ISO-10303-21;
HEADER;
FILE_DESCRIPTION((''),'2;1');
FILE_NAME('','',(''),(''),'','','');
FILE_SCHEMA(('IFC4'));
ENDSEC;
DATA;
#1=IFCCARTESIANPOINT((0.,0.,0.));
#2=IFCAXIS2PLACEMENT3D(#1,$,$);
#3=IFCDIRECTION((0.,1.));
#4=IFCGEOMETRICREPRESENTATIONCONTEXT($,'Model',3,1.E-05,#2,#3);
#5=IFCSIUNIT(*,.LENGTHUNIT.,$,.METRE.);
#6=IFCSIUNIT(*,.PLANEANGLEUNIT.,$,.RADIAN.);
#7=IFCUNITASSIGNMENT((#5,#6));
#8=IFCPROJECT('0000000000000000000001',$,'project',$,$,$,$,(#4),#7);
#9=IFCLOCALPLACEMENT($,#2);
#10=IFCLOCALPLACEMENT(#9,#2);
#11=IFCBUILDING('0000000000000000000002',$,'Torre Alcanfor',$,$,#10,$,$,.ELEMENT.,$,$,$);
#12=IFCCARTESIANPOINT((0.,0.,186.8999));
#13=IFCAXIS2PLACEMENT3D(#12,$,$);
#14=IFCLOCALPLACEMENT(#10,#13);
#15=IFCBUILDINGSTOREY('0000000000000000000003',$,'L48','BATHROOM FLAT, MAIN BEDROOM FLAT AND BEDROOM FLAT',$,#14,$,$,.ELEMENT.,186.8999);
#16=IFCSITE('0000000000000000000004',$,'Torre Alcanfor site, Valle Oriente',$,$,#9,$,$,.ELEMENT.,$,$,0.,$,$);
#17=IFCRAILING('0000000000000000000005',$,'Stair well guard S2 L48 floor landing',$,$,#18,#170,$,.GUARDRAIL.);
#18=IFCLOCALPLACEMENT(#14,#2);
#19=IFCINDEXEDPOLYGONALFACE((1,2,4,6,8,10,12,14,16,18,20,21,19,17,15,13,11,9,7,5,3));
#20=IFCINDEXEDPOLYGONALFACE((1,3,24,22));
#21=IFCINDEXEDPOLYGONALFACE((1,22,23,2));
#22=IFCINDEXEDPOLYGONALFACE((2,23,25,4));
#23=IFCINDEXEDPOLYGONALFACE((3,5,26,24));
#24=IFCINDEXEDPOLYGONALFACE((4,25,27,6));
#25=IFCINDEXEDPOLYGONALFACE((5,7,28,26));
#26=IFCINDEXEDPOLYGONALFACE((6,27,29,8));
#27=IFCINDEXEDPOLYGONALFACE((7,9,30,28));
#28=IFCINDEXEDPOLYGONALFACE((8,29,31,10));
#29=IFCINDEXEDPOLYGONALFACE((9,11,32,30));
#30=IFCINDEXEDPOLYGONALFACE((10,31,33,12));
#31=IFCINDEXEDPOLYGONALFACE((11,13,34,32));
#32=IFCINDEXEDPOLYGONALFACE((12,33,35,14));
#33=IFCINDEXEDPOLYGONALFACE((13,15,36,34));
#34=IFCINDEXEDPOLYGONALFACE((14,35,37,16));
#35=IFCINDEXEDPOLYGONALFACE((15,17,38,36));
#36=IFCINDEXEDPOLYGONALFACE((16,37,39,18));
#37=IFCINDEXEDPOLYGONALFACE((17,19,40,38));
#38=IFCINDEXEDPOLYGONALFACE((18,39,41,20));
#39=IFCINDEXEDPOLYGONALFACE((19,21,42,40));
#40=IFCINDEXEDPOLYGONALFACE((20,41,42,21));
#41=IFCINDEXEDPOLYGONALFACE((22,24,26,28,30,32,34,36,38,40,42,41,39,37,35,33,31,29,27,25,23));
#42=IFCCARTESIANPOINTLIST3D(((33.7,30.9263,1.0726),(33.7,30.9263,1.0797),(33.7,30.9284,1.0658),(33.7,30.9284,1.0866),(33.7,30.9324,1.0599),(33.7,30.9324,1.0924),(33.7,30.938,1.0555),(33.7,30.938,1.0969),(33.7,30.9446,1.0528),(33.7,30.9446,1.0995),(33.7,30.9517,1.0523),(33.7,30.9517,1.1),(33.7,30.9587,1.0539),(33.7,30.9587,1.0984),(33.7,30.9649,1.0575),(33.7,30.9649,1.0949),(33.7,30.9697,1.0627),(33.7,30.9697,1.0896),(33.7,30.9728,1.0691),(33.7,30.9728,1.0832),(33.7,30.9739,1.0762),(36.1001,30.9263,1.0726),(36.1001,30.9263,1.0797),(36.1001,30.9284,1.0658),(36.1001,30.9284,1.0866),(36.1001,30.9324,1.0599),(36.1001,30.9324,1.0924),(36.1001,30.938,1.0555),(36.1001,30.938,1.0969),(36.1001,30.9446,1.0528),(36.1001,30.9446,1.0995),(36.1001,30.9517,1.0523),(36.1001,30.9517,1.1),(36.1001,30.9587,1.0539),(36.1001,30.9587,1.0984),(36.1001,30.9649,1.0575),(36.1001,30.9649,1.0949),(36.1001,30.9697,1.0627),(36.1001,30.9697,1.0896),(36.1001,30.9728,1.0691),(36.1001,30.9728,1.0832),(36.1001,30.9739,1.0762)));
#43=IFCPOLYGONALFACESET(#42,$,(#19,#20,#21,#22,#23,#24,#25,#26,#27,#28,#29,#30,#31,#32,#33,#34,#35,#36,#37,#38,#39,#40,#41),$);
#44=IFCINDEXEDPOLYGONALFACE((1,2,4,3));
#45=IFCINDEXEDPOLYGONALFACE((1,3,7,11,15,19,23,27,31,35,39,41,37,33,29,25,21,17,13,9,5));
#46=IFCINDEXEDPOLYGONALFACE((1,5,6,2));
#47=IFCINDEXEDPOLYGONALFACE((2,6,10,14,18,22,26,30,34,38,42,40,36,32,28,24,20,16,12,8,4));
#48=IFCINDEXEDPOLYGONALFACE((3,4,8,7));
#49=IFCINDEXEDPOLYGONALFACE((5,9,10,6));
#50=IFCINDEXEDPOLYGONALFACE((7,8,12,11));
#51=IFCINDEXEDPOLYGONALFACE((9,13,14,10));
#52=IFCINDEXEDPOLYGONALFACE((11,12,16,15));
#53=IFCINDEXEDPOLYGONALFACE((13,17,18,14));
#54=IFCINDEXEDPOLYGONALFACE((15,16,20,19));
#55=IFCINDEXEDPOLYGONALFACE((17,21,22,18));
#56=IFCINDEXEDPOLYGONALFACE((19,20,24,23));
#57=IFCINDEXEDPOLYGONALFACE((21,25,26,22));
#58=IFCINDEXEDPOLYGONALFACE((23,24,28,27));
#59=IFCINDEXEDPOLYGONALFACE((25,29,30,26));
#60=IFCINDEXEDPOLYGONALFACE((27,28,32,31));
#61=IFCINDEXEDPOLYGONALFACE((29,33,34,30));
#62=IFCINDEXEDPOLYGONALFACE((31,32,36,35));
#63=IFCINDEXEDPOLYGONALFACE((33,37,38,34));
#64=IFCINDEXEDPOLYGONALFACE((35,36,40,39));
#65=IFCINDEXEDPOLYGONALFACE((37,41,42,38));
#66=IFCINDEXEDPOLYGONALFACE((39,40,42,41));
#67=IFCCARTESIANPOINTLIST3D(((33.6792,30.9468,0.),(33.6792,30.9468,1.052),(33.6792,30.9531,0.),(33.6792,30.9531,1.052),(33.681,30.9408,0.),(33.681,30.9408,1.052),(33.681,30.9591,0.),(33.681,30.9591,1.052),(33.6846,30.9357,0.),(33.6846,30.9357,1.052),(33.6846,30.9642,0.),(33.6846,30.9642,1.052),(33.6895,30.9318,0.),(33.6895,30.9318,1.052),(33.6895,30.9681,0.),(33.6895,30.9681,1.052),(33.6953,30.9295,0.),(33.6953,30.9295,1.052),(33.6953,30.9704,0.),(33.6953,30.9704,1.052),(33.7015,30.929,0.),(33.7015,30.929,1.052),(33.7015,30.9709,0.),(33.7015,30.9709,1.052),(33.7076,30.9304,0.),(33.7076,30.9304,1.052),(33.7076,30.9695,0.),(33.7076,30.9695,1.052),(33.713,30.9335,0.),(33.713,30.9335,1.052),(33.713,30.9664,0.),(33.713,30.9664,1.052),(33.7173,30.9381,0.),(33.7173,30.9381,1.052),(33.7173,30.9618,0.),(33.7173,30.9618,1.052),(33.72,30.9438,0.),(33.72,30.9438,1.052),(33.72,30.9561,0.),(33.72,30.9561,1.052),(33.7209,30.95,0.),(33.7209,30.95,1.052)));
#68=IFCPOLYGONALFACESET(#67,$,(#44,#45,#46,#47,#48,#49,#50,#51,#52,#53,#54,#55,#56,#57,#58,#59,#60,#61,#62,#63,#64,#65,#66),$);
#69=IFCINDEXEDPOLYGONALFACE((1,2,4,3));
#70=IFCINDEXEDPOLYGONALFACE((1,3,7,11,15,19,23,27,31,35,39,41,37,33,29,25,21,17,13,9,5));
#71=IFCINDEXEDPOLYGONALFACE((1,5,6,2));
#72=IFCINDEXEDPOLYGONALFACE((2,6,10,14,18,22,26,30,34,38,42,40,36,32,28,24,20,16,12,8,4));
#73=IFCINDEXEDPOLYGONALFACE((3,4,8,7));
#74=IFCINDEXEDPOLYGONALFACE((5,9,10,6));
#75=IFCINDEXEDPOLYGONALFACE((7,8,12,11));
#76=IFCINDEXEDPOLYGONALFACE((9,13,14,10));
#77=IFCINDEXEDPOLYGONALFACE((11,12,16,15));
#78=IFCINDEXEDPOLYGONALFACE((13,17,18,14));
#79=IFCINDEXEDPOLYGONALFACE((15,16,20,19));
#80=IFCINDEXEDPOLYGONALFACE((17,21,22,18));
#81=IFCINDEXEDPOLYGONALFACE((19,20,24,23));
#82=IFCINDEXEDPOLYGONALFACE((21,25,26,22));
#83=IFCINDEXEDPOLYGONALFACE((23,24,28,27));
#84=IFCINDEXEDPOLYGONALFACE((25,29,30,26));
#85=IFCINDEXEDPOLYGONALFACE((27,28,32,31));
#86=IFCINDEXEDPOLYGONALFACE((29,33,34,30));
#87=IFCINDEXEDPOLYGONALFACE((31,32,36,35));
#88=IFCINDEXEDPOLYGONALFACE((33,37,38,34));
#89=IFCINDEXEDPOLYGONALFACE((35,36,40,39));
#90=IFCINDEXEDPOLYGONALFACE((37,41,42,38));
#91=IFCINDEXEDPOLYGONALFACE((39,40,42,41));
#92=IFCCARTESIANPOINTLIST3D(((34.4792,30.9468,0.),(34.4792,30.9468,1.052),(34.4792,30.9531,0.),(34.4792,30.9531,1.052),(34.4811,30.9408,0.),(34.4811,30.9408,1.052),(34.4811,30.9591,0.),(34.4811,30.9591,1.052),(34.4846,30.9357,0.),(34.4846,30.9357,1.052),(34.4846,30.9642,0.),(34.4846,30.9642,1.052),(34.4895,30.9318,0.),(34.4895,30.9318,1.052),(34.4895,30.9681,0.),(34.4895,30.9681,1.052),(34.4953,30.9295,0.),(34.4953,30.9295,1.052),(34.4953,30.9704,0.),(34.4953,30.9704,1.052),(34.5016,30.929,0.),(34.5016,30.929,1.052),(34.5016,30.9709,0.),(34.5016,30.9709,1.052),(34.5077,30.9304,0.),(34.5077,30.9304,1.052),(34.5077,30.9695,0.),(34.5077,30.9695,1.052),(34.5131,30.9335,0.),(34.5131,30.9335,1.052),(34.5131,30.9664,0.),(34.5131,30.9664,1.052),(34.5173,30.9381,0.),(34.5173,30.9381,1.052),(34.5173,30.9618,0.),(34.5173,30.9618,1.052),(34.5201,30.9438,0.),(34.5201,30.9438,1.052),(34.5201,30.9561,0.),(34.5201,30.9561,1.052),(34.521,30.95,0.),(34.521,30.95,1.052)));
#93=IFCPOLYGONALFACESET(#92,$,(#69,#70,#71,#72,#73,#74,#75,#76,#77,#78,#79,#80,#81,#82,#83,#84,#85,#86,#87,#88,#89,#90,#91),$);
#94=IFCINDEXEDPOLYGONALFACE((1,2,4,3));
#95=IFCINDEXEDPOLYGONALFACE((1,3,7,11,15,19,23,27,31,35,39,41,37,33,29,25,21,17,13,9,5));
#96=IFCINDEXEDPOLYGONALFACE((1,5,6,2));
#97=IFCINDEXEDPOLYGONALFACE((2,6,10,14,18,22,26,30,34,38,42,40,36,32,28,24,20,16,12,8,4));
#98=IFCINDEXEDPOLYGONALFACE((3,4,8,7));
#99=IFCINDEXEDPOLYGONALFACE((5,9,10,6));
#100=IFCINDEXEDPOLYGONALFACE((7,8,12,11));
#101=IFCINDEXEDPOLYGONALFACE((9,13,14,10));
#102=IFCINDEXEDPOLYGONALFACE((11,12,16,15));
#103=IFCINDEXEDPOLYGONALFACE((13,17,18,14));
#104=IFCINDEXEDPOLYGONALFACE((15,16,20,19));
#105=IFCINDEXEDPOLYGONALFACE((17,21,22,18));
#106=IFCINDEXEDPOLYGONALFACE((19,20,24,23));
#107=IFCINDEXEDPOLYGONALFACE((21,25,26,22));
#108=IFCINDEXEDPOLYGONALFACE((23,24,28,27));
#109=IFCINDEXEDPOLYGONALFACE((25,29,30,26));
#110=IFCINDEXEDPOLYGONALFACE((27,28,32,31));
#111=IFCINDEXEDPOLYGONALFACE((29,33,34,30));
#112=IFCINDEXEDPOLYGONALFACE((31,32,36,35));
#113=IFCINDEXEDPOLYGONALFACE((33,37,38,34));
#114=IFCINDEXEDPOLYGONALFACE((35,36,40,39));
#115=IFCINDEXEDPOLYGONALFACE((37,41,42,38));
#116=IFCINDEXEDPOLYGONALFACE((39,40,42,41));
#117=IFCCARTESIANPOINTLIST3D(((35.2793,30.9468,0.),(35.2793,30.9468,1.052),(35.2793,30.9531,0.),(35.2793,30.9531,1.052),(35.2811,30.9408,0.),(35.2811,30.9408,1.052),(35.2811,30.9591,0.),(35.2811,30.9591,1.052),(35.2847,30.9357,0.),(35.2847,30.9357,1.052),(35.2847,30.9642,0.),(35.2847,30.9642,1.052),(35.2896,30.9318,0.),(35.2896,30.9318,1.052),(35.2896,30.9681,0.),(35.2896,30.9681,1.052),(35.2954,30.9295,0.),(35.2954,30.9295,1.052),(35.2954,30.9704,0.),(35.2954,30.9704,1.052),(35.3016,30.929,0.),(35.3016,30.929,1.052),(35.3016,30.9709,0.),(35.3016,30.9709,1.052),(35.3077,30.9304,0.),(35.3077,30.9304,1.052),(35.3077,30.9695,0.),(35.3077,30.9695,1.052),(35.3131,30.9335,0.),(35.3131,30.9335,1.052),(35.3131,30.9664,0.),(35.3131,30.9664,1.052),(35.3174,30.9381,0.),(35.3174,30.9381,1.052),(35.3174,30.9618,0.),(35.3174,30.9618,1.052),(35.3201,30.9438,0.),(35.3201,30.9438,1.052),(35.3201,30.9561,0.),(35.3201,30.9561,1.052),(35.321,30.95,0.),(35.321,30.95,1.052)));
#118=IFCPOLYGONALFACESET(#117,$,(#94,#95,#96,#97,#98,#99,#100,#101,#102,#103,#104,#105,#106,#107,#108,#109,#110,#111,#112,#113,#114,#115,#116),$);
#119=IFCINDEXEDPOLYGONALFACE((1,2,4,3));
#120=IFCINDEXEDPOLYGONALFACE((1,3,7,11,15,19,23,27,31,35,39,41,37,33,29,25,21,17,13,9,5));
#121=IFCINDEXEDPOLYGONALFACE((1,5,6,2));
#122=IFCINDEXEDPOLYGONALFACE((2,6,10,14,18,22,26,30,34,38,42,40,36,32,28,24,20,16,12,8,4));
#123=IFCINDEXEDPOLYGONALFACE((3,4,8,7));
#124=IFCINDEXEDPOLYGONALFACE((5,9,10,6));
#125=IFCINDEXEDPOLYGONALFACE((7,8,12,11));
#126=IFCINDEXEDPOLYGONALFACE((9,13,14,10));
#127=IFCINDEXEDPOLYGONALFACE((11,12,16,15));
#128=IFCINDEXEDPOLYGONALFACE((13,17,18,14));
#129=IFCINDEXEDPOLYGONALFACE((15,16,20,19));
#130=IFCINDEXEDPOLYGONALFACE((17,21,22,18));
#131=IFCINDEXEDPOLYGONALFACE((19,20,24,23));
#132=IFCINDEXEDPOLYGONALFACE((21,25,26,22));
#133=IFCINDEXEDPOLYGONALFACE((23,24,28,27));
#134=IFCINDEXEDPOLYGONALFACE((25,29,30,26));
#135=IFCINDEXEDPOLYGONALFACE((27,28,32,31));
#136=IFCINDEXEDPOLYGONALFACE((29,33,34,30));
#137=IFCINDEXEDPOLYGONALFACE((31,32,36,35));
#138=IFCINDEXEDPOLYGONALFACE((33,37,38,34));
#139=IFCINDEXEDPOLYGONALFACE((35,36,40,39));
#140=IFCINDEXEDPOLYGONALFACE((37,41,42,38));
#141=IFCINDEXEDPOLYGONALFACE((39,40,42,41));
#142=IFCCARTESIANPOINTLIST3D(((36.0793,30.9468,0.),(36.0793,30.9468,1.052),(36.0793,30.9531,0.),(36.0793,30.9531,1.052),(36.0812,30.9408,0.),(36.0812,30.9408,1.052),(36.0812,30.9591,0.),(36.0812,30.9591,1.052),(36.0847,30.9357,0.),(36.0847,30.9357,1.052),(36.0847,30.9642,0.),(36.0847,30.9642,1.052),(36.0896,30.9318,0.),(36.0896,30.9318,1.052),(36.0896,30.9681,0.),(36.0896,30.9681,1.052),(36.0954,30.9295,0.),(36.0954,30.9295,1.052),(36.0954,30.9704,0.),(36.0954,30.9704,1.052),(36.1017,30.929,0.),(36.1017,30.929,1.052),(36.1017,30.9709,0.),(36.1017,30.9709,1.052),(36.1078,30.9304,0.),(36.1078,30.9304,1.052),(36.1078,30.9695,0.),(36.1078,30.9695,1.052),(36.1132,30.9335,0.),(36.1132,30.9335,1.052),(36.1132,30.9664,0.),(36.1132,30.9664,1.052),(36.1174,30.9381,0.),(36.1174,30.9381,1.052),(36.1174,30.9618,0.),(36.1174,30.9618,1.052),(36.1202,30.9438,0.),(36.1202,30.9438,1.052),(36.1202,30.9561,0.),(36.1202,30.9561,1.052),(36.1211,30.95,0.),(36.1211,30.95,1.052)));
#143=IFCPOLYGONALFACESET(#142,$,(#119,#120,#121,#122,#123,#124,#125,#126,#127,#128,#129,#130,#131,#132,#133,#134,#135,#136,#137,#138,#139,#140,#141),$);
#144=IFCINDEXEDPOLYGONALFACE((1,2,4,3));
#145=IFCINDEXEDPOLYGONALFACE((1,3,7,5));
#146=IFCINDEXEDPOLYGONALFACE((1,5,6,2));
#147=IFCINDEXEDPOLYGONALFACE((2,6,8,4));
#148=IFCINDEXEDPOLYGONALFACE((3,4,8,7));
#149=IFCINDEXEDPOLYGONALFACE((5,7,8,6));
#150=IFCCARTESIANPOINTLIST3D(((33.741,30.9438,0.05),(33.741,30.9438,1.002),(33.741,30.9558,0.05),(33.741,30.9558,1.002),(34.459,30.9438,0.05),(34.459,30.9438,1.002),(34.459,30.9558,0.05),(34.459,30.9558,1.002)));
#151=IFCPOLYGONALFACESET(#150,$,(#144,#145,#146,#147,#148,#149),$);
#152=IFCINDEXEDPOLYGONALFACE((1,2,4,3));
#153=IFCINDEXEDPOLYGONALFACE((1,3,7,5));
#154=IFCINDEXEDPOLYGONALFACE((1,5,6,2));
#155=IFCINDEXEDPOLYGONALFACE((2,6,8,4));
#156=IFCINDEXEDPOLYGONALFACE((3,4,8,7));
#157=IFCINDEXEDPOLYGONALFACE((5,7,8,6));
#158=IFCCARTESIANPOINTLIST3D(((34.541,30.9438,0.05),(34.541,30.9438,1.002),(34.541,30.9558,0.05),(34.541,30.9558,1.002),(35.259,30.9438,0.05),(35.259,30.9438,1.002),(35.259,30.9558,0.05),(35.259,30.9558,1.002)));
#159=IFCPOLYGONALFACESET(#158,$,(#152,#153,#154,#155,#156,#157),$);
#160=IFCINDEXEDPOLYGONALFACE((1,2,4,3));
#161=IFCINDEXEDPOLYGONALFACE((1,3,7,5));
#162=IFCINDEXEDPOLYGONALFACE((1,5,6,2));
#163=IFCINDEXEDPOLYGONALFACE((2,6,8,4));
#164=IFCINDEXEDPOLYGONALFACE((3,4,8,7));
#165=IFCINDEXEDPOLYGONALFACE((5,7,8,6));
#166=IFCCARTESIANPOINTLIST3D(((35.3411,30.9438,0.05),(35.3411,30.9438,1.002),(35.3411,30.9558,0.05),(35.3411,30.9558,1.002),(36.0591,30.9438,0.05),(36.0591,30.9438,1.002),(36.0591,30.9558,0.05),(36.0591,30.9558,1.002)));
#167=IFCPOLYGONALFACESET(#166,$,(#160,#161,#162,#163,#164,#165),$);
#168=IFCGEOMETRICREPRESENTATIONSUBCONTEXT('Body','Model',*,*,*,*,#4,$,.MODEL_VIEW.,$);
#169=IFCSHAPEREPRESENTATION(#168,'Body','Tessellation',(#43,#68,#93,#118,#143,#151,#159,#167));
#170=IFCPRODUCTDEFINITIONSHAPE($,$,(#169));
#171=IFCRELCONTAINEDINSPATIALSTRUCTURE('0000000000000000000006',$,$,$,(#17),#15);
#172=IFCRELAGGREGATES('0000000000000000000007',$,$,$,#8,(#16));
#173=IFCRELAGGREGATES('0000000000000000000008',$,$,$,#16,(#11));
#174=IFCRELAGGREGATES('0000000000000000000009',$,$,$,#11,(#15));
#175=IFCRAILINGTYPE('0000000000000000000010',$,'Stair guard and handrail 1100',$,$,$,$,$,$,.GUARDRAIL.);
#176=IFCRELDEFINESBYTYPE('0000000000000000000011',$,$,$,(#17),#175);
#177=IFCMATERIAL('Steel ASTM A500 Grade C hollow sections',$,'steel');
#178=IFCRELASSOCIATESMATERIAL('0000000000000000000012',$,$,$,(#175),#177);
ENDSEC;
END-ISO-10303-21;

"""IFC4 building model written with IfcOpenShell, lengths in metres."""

from ifc_helpers import new_model, si_unit, direction, frame, origin, origin_2d, place, context, subcontext, project, spatial, polyline, circle, outline, extrude, material, type_object, element, save


model = new_model("IFC4")

# Units and contexts
model_context = context("Model", 3, precision=1e-05, world=origin(), true_north=direction((0.0, 1.0)))
body_context = subcontext(model_context, "Body", "Model", "MODEL_VIEW")
ifc_project = project(units=[si_unit("LENGTHUNIT", "METRE"), si_unit("PLANEANGLEUNIT", "RADIAN")], contexts=[model_context])

# Site, building, storey
site_placement = place(None, origin())
site = spatial("IfcSite", under=ifc_project, at=site_placement, Name="Torre Alcanfor site, Valle Oriente", CompositionType="ELEMENT", RefElevation=0.0)
building_placement = place(site_placement, origin())
building = spatial("IfcBuilding", under=site, at=building_placement, Name="Torre Alcanfor", CompositionType="ELEMENT")
storey_placement = place(building_placement, frame((0.0, 0.0, 186.8999)))
storey = spatial("IfcBuildingStorey", under=building, at=storey_placement, Name="L48", Description="BATHROOM FLAT, MAIN BEDROOM FLAT AND BEDROOM FLAT", CompositionType="ELEMENT", Elevation=186.8999)

# Railing
ifc_material_1 = material(Name="Steel ASTM A500 Grade C hollow sections", Category="steel")
railing_type_1 = type_object("IfcRailingType", Name="Stair guard and handrail 1100", PredefinedType="GUARDRAIL", material=ifc_material_1)
for number, where, name in (
    (1, (33.7, 30.95, 0.0), "Stair well guard S2 L48 floor landing"),
):
    element("IfcRailing", number, at=place(storey_placement, frame(where)), inside=storey, type_object=railing_type_1, Name=name, PredefinedType="GUARDRAIL", context=body_context, shape_type="SweptSolid", body=[
        extrude(circle(Radius=0.0239, at=origin_2d()), frame((0.0, 0.0, 1.0762), z_axis=(1.0, 0.0, 0.0), x_axis=(0.0, 1.0, 0.0)), (0.0, 0.0, 1.0), 2.4001),
        extrude(circle(Radius=0.021, at=origin_2d()), origin(), (0.0, 0.0, 1.0), 1.052),
        extrude(circle(Radius=0.021, at=origin_2d()), frame((0.8, 0.0, 0.0)), (0.0, 0.0, 1.0), 1.052),
        extrude(circle(Radius=0.021, at=origin_2d()), frame((1.6001, 0.0, 0.0)), (0.0, 0.0, 1.0), 1.052),
        extrude(circle(Radius=0.021, at=origin_2d()), frame((2.4001, 0.0, 0.0)), (0.0, 0.0, 1.0), 1.052),
        extrude(outline(polyline([(0.041, 0.05), (0.759, 0.05), (0.759, 1.002), (0.041, 1.002), (0.041, 0.05)])), frame((0.0, 0.0059, 0.0), z_axis=(0.0, -1.0, 0.0), x_axis=(1.0, 0.0, 0.0)), (0.0, 0.0, 1.0), 0.012),
        extrude(outline(polyline([(0.8411, 0.05), (1.5591, 0.05), (1.5591, 1.002), (0.8411, 1.002), (0.8411, 0.05)])), frame((0.0, 0.0059, 0.0), z_axis=(0.0, -1.0, 0.0), x_axis=(1.0, 0.0, 0.0)), (0.0, 0.0, 1.0), 0.012),
        extrude(outline(polyline([(1.6411, 0.05), (2.3591, 0.05), (2.3591, 1.002), (1.6411, 1.002), (1.6411, 0.05)])), frame((0.0, 0.0059, 0.0), z_axis=(0.0, -1.0, 0.0), x_axis=(1.0, 0.0, 0.0)), (0.0, 0.0, 1.0), 0.012),
    ])

save(model, "model.ifc")
